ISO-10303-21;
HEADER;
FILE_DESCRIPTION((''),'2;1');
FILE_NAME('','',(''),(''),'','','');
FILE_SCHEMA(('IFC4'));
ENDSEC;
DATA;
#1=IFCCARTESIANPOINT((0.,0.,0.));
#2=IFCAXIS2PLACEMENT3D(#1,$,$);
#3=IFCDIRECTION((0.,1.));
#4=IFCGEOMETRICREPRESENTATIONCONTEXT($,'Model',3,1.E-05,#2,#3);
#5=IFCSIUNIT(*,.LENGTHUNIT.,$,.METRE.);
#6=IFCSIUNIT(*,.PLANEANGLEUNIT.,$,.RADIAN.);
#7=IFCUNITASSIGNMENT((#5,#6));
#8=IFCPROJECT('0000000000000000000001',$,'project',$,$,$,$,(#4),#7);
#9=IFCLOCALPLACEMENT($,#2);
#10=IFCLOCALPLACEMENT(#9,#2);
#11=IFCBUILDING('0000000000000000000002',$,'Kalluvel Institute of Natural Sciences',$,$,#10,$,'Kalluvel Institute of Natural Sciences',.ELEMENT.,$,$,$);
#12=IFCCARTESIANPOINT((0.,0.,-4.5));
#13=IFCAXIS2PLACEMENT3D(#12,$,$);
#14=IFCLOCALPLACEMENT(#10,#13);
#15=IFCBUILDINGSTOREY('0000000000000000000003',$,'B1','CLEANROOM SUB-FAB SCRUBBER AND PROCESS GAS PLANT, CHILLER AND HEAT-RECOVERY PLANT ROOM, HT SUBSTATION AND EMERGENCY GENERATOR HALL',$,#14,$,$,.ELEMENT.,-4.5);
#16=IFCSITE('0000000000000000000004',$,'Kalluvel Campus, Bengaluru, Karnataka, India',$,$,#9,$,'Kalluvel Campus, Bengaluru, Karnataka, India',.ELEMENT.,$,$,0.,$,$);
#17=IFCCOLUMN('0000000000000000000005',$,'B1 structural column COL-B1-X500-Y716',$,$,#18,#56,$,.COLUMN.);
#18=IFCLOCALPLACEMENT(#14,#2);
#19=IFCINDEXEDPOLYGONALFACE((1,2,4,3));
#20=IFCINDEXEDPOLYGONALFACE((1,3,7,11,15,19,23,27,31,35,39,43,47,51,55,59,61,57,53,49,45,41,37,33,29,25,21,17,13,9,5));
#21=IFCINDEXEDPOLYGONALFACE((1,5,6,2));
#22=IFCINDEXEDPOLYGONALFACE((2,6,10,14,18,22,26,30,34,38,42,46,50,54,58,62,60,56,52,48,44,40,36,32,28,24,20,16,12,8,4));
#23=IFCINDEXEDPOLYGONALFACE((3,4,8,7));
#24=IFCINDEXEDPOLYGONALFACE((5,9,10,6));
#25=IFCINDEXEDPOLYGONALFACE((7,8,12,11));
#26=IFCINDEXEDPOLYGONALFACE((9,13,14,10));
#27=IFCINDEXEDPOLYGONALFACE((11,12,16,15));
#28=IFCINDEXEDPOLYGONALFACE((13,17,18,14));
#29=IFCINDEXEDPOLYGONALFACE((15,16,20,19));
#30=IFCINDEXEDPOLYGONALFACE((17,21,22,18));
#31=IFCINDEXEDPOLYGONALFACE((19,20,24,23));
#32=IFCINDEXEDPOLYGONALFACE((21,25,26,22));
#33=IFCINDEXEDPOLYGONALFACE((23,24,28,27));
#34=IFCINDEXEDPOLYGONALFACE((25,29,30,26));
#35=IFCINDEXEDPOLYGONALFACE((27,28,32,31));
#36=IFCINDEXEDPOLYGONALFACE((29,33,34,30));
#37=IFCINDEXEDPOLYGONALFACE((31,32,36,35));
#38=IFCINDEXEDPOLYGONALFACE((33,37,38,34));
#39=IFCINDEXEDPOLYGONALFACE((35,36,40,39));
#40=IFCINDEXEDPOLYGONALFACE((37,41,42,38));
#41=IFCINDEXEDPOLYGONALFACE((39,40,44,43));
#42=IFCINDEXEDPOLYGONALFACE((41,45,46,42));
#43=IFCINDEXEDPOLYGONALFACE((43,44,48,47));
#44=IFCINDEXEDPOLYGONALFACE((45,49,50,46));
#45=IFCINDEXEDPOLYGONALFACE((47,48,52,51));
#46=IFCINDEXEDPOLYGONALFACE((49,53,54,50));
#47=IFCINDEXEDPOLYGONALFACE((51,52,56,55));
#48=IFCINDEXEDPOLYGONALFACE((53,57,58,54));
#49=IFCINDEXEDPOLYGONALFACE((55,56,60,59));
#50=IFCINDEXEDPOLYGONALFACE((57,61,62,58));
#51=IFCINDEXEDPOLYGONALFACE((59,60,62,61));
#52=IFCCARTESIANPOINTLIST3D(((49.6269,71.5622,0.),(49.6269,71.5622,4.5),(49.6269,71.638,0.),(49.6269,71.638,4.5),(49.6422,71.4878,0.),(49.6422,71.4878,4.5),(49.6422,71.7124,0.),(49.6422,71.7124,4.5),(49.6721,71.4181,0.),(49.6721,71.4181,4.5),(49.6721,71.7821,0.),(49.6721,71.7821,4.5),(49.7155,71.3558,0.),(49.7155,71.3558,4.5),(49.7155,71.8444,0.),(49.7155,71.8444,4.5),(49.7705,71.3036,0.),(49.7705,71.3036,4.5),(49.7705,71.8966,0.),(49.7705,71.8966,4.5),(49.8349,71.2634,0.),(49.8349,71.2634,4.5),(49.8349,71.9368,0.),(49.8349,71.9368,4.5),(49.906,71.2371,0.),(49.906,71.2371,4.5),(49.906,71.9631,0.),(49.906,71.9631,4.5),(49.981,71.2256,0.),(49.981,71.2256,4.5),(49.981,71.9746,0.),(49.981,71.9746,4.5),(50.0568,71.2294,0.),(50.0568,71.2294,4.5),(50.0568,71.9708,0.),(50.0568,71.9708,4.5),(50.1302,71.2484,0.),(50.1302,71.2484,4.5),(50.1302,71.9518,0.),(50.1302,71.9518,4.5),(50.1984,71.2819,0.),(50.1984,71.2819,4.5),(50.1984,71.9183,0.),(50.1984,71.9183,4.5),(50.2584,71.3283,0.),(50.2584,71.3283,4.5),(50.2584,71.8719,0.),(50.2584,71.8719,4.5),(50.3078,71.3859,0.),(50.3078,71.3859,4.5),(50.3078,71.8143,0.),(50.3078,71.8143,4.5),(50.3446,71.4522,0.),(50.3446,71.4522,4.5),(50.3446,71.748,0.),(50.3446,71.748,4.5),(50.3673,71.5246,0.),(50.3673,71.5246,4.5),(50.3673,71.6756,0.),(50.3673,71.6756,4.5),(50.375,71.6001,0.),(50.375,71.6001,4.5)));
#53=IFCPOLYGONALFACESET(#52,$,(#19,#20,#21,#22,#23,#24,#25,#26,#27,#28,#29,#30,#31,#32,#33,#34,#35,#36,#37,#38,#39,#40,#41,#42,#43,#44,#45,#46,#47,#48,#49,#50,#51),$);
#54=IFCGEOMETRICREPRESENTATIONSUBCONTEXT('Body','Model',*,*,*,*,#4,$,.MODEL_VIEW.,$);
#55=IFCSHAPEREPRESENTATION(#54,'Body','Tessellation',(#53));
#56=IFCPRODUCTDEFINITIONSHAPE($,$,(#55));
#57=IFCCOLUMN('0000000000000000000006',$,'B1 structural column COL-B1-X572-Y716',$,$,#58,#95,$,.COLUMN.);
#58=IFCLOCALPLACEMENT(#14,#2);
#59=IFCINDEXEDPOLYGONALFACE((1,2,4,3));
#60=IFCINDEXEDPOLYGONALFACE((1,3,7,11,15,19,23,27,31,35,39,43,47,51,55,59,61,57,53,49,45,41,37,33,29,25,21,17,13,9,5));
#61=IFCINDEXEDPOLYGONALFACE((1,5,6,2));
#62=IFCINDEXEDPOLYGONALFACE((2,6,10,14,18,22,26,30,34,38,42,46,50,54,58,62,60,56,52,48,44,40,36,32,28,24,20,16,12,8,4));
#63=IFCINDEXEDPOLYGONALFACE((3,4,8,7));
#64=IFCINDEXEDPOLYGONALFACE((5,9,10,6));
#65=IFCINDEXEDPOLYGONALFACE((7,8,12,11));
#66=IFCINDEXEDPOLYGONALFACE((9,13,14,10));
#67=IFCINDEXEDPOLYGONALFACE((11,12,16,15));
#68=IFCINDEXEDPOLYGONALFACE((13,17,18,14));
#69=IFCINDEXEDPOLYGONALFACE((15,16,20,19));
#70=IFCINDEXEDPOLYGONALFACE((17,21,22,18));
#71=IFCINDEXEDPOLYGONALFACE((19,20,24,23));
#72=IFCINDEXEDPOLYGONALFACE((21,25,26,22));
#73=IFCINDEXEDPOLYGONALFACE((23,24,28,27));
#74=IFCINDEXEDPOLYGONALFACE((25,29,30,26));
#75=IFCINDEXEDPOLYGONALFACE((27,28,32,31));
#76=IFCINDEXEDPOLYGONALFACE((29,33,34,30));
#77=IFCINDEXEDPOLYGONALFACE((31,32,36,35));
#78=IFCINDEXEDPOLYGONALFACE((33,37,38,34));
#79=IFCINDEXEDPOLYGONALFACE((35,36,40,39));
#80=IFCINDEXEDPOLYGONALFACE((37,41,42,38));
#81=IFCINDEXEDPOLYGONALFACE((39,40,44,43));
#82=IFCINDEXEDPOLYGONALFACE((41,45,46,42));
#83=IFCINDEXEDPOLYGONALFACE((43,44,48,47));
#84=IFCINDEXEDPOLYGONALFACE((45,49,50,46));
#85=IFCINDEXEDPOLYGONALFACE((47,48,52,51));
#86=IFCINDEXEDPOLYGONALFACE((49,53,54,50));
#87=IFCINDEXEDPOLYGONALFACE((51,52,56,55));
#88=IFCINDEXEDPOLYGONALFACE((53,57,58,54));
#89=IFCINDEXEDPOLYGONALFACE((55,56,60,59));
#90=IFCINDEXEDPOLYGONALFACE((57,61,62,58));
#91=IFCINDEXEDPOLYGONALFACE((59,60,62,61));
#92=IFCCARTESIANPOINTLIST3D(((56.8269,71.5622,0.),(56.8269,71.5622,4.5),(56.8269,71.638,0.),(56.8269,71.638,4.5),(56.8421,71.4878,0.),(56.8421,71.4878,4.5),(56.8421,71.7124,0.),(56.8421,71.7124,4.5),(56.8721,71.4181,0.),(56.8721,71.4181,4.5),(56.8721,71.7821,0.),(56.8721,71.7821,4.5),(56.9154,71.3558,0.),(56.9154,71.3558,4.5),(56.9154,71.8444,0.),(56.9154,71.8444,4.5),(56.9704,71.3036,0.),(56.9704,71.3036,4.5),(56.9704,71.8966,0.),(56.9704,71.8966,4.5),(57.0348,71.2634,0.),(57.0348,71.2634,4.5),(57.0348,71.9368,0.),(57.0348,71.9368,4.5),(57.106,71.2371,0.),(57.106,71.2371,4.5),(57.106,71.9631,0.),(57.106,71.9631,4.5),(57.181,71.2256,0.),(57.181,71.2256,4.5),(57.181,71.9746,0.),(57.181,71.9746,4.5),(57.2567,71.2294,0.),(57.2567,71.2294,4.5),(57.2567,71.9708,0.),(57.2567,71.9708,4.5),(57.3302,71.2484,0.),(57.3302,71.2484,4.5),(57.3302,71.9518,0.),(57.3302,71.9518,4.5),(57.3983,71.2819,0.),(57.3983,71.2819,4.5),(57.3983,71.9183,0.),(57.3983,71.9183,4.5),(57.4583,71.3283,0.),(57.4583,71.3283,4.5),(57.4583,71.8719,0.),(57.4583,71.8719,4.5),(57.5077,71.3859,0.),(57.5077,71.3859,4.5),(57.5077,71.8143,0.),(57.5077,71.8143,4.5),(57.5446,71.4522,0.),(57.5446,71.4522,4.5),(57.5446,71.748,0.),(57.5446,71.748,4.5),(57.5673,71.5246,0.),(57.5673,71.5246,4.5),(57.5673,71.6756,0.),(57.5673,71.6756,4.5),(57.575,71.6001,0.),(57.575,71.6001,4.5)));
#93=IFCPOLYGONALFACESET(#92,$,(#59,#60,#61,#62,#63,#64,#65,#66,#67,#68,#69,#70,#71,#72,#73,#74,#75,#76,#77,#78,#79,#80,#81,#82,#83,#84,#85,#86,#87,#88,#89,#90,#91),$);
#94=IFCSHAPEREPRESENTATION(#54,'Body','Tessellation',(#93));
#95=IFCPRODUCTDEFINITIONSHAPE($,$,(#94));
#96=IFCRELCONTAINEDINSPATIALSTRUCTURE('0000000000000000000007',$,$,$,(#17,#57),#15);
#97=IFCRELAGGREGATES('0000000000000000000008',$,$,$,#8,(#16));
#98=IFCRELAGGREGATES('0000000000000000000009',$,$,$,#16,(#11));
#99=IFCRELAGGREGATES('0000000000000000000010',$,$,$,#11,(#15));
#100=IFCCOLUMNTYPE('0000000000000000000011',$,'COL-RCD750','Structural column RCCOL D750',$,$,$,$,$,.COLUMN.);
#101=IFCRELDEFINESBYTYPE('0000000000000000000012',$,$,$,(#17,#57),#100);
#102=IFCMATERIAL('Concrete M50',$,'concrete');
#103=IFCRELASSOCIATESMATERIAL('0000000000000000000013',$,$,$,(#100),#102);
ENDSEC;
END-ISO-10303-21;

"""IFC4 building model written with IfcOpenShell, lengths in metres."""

from ifc_helpers import new_model, si_unit, direction, frame, origin, origin_2d, place, context, subcontext, project, spatial, circle, extrude, material, material_profile, profile_set, type_object, element, save


model = new_model("IFC4")

# Units and contexts
model_context = context("Model", 3, precision=1e-05, world=origin(), true_north=direction((0.0, 1.0)))
body_context = subcontext(model_context, "Body", "Model", "MODEL_VIEW")
ifc_project = project(units=[si_unit("LENGTHUNIT", "METRE"), si_unit("PLANEANGLEUNIT", "RADIAN")], contexts=[model_context])

# Site, building, storey
site_placement = place(None, origin())
site = spatial("IfcSite", under=ifc_project, at=site_placement, Name="Kalluvel Campus, Bengaluru, Karnataka, India", LongName="Kalluvel Campus, Bengaluru, Karnataka, India", CompositionType="ELEMENT", RefElevation=0.0)
building_placement = place(site_placement, origin())
building = spatial("IfcBuilding", under=site, at=building_placement, Name="Kalluvel Institute of Natural Sciences", LongName="Kalluvel Institute of Natural Sciences", CompositionType="ELEMENT")
storey_placement = place(building_placement, frame((0.0, 0.0, -4.5)))
storey = spatial("IfcBuildingStorey", under=building, at=storey_placement, Name="B1", Description="CLEANROOM SUB-FAB SCRUBBER AND PROCESS GAS PLANT, CHILLER AND HEAT-RECOVERY PLANT ROOM, HT SUBSTATION AND EMERGENCY GENERATOR HALL", CompositionType="ELEMENT", Elevation=-4.5)

# Columns
ifc_material_1 = material(Name="Concrete M50", Category="concrete")
ifc_material_profile_1 = material_profile(ifc_material_1, circle(Radius=0.375, at=origin_2d()), Name="RCCOL D750")
ifc_profile_set_1 = profile_set([ifc_material_profile_1], Name="Concrete M50")
column_type_1 = type_object("IfcColumnType", Name="COL-RCD750", Description="Structural column RCCOL D750", PredefinedType="COLUMN", material=ifc_profile_set_1)
for number, where, z_axis, x_axis, name in (
    (1, (50.0, 71.6001, 0.0), (0.0, 0.0, 1.0), (1.0, 0.0, 0.0), "B1 structural column COL-B1-X500-Y716"),
    (2, (57.2, 71.6001, 0.0), (0.0, 0.0, 1.0), (1.0, 0.0, 0.0), "B1 structural column COL-B1-X572-Y716"),
):
    element("IfcColumn", number, at=place(storey_placement, frame(where, z_axis=z_axis, x_axis=x_axis)), inside=storey, type_object=column_type_1, Name=name, PredefinedType="COLUMN", context=body_context, shape_type="SweptSolid", body=[
        extrude(circle(Radius=0.375, at=origin_2d()), origin(), (0.0, 0.0, 1.0), 4.5),
    ])

save(model, "model.ifc")
